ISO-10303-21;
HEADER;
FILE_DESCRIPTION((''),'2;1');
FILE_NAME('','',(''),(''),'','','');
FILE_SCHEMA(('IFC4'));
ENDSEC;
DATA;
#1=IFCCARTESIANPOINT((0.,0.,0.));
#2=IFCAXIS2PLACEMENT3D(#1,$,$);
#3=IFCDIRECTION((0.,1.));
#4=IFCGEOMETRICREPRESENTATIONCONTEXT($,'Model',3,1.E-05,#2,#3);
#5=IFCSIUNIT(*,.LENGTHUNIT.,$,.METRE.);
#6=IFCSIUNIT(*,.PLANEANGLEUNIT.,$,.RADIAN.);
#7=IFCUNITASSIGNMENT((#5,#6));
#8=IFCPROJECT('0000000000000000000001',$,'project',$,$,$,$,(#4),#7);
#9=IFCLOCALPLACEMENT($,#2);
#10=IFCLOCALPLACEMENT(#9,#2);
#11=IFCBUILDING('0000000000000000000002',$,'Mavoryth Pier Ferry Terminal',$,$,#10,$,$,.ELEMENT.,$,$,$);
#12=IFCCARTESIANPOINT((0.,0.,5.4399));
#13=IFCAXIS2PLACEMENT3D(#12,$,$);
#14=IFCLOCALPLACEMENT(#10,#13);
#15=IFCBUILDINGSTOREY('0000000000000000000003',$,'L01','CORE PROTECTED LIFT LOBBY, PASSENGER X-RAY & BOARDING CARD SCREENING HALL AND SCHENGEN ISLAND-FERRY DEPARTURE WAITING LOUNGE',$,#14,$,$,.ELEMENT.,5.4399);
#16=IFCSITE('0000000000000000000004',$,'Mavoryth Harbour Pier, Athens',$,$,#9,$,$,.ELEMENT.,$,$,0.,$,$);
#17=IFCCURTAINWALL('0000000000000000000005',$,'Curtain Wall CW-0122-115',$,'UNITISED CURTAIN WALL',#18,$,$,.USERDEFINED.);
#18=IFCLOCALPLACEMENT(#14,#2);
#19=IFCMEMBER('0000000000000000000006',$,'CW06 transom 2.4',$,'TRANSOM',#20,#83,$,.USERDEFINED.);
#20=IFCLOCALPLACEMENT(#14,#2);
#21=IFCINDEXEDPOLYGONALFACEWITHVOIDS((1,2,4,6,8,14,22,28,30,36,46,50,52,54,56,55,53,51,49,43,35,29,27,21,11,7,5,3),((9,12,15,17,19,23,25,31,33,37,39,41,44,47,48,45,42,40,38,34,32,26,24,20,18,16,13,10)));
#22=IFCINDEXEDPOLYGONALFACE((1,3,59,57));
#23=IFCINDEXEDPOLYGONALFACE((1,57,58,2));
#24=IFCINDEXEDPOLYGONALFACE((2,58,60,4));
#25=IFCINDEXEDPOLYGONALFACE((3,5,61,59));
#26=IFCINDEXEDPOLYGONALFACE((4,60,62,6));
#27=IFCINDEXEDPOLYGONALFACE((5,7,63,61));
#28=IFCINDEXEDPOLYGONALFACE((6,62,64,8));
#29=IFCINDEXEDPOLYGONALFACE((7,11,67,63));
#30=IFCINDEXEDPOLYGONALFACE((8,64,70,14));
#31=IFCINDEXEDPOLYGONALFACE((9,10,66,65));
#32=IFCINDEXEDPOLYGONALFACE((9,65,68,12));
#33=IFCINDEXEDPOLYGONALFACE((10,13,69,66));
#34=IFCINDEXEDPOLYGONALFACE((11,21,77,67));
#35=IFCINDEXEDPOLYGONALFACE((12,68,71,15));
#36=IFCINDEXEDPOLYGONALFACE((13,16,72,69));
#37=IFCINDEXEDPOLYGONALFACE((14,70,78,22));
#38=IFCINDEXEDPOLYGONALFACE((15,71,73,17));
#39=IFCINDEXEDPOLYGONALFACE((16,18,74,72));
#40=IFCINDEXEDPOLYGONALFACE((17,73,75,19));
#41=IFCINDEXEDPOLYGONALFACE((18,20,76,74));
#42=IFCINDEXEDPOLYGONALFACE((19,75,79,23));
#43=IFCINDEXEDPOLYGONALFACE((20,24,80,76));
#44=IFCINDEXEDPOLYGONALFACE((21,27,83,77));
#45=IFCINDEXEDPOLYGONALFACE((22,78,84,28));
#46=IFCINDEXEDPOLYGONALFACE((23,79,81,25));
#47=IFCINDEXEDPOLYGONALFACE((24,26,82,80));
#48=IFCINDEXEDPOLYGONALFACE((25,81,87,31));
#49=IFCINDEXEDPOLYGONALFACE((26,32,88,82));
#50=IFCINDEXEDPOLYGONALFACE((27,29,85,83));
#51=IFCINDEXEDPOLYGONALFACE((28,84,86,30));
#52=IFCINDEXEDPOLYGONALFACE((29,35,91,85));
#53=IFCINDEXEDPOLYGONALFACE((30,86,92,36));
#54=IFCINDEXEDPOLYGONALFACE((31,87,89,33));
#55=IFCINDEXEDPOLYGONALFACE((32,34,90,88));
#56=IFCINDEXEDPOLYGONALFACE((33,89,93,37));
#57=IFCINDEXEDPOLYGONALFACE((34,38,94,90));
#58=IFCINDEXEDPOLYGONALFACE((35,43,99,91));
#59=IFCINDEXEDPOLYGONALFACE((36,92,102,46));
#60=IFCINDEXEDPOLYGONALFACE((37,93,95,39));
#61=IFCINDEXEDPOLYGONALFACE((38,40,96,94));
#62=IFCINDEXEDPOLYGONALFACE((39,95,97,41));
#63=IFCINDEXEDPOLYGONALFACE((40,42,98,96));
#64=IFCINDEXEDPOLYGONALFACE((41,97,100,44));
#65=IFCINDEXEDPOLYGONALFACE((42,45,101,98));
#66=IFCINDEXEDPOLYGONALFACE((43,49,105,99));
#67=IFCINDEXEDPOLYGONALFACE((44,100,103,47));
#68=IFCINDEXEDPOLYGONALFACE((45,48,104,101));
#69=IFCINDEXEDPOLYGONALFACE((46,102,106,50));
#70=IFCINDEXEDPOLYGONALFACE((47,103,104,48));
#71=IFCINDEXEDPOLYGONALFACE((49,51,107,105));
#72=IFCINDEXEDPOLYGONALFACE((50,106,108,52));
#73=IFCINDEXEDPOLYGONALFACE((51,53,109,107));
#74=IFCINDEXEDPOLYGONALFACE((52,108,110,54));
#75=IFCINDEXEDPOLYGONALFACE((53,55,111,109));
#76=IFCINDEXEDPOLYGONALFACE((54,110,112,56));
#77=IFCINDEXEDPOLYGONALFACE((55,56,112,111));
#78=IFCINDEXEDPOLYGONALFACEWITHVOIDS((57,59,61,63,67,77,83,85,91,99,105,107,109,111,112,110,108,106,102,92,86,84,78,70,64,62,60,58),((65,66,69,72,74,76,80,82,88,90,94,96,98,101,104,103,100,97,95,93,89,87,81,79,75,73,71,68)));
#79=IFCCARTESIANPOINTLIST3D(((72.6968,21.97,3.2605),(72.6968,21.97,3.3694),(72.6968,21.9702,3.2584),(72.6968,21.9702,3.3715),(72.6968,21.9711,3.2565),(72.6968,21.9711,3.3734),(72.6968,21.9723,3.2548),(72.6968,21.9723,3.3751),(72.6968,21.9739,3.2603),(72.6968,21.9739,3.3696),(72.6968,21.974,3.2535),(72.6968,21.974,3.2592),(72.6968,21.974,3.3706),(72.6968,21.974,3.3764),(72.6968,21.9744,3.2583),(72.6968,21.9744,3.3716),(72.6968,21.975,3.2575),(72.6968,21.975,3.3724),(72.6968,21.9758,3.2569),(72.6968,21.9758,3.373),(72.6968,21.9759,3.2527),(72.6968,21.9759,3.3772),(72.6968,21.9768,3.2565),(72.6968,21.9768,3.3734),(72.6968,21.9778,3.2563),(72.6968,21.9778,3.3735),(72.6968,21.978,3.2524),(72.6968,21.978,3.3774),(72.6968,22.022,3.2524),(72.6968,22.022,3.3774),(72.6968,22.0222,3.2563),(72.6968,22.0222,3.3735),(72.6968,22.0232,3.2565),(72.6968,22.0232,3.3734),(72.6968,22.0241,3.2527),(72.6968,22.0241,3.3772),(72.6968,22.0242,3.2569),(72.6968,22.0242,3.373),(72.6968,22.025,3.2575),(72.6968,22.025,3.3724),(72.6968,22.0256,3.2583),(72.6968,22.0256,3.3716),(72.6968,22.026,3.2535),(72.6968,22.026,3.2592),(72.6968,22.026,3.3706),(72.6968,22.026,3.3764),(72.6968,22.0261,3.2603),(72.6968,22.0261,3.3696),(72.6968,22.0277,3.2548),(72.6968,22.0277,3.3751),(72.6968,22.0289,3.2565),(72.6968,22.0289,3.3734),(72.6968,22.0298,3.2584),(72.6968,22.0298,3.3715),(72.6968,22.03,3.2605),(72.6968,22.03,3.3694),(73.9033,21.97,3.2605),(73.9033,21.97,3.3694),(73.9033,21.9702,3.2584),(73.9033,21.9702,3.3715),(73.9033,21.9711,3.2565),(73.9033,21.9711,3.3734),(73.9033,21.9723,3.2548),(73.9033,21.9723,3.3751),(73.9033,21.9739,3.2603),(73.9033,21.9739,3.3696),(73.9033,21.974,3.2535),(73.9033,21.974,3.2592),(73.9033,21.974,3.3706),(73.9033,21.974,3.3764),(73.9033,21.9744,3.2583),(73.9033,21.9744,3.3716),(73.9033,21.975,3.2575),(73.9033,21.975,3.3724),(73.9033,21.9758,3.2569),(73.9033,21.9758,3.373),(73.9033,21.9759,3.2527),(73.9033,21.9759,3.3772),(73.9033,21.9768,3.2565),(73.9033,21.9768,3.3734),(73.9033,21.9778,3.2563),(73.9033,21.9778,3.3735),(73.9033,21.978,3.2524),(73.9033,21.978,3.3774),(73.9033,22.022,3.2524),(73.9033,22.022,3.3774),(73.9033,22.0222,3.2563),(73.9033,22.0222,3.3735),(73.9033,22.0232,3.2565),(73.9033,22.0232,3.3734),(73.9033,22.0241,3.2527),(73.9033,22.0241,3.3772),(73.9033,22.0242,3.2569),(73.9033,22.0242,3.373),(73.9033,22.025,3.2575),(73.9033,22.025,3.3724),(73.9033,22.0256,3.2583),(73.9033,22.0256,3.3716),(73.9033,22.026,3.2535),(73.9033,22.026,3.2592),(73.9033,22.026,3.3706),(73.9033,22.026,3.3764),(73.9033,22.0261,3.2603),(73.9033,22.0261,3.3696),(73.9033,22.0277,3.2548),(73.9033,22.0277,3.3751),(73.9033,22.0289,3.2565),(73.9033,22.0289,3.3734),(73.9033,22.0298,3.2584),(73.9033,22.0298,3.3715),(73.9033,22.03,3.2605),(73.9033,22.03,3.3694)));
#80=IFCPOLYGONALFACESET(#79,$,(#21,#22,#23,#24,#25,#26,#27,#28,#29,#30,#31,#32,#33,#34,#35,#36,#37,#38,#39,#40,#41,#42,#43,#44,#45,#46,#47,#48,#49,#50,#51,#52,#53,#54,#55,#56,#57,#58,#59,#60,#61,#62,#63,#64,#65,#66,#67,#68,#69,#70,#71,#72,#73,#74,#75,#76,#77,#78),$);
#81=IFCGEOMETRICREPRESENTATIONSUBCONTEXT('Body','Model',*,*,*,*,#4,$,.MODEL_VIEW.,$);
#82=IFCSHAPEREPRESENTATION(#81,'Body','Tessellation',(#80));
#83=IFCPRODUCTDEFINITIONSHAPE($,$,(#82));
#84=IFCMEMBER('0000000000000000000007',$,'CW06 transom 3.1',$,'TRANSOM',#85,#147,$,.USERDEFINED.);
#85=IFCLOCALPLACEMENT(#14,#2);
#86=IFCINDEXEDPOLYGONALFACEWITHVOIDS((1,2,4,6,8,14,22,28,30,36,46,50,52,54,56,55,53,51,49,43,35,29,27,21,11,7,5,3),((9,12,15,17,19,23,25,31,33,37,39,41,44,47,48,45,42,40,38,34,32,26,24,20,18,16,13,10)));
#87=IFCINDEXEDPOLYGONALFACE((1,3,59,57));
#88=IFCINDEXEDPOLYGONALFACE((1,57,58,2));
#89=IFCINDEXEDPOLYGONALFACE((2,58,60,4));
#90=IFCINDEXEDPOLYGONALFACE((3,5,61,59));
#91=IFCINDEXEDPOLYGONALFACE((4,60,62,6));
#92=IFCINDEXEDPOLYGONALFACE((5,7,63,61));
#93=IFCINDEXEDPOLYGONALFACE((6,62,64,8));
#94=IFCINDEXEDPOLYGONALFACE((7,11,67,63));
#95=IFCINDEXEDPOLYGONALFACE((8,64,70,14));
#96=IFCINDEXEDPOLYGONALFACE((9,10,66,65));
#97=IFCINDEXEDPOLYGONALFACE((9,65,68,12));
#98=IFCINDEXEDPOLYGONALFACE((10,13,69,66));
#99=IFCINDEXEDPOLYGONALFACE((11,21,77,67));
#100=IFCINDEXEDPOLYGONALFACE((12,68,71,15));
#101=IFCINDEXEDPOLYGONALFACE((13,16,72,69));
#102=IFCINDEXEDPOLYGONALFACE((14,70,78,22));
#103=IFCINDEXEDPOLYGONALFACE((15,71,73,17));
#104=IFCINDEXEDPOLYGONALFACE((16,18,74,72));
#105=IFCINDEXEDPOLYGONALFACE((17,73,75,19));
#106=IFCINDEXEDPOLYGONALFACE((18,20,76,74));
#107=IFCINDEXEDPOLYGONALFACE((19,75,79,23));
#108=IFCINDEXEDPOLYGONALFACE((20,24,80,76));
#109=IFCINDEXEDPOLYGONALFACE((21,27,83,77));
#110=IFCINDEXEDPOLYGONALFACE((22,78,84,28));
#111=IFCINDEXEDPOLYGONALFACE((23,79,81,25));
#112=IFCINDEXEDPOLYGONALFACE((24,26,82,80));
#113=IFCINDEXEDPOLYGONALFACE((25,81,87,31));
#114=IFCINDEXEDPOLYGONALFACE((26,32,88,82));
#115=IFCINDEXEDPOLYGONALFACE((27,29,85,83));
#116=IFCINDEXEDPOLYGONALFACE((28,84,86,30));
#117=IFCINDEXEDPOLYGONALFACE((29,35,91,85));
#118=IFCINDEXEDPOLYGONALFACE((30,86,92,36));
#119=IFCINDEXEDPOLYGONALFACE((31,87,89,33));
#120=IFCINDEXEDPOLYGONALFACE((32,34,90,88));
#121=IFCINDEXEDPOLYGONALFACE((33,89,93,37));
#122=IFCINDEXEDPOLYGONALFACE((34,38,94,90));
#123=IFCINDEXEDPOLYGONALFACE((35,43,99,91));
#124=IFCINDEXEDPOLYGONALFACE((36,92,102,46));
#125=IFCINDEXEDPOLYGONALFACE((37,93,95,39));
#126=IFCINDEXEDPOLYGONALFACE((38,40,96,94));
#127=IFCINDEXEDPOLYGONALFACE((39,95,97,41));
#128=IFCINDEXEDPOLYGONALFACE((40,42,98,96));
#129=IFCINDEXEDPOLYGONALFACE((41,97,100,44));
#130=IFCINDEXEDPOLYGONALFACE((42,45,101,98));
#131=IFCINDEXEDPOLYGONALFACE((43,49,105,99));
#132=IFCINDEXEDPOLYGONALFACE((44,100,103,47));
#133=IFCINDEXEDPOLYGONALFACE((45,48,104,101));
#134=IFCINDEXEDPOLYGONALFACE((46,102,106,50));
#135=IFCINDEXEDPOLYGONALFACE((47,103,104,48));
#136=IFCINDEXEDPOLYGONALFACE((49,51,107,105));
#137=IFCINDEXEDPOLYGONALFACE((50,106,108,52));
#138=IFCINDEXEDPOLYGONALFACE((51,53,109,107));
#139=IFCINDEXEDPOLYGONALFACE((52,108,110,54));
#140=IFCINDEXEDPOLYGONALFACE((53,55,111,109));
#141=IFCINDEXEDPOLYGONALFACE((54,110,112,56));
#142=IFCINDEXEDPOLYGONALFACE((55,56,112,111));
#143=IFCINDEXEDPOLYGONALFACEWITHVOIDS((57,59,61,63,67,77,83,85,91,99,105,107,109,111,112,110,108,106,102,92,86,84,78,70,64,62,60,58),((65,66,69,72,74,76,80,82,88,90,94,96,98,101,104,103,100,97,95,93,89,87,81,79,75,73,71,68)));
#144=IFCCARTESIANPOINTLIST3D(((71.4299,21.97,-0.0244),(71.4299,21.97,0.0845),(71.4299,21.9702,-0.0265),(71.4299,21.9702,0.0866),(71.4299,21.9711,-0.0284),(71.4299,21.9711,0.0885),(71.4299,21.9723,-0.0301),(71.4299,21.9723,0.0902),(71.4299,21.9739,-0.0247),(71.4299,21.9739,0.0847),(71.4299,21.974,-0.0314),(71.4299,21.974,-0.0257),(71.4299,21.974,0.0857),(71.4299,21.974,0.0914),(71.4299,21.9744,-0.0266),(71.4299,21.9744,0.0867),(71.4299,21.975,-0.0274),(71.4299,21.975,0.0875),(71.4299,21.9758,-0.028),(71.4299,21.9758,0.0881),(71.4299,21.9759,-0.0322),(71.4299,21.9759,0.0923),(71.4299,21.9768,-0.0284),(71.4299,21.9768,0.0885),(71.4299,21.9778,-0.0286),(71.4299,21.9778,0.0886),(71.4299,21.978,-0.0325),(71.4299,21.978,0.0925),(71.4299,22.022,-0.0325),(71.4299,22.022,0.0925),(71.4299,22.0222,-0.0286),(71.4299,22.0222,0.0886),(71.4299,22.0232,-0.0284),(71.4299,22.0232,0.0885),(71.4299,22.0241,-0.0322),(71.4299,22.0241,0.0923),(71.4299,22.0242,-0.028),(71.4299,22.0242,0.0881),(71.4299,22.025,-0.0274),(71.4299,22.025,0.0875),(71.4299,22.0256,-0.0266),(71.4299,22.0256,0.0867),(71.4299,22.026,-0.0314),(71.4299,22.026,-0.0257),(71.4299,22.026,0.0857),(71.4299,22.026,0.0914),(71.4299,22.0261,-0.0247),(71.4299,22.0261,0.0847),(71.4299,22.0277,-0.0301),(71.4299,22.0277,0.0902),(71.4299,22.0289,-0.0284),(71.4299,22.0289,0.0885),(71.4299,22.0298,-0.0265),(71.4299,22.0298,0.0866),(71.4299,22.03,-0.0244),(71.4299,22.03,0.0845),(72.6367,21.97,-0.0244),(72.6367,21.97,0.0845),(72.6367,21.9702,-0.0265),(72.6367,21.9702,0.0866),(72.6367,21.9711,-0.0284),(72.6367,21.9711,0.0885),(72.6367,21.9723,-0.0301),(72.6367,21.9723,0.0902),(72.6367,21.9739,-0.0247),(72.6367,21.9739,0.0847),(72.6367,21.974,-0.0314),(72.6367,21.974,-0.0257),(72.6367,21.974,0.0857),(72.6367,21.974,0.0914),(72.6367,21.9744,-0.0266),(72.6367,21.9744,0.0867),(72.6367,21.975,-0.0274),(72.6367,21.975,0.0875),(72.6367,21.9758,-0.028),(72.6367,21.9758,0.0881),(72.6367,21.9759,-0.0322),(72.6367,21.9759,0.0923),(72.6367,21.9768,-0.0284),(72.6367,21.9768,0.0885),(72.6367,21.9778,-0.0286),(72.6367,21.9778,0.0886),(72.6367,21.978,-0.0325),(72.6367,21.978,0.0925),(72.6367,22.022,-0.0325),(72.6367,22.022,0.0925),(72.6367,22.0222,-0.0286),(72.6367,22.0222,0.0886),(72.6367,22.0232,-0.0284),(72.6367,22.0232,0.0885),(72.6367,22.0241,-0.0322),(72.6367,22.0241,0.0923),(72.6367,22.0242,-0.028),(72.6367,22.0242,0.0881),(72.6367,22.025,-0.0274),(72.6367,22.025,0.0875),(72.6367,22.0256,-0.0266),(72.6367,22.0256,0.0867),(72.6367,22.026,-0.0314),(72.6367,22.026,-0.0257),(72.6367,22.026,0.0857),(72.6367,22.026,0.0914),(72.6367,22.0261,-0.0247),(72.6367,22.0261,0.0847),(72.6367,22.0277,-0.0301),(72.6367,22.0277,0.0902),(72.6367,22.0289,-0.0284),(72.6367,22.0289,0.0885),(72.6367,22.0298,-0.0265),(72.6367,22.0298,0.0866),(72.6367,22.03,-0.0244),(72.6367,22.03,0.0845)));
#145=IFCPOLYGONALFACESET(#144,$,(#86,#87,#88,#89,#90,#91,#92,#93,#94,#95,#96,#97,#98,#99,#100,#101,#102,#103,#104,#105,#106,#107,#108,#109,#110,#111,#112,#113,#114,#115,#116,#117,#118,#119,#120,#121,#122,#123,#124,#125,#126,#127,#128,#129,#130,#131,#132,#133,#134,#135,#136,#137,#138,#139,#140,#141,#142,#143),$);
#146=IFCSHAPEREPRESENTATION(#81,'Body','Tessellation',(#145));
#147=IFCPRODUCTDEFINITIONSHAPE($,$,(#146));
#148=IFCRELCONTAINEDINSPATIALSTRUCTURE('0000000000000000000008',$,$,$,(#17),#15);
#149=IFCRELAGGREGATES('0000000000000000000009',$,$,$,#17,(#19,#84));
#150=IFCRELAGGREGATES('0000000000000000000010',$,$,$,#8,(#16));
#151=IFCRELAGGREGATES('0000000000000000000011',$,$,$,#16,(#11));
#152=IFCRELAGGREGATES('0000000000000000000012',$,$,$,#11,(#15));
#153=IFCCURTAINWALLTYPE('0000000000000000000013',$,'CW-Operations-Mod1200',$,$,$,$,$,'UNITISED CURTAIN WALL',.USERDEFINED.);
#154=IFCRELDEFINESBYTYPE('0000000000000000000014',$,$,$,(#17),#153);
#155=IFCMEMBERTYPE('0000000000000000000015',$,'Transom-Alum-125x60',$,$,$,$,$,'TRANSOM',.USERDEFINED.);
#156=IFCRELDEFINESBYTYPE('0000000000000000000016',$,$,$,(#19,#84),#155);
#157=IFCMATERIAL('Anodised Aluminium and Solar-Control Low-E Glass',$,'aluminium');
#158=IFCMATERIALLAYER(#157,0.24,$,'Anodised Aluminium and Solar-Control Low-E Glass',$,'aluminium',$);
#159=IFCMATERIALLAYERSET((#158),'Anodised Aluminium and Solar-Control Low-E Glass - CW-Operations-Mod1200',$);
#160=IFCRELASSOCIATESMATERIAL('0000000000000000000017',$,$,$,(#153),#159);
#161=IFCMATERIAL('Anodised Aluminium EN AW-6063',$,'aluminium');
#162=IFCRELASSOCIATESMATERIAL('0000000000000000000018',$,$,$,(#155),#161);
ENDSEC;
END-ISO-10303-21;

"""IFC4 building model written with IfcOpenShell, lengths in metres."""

from ifc_helpers import new_model, si_unit, direction, frame, origin, origin_2d, place, context, subcontext, project, spatial, hollow_rectangle, extrude, material, layer, layer_set, material_profile, profile_set, type_object, element, aggregate, save


model = new_model("IFC4")

# Units and contexts
model_context = context("Model", 3, precision=1e-05, world=origin(), true_north=direction((0.0, 1.0)))
body_context = subcontext(model_context, "Body", "Model", "MODEL_VIEW")
ifc_project = project(units=[si_unit("LENGTHUNIT", "METRE"), si_unit("PLANEANGLEUNIT", "RADIAN")], contexts=[model_context])

# Site, building, storey
site_placement = place(None, origin())
site = spatial("IfcSite", under=ifc_project, at=site_placement, Name="Mavoryth Harbour Pier, Athens", CompositionType="ELEMENT", RefElevation=0.0)
building_placement = place(site_placement, origin())
building = spatial("IfcBuilding", under=site, at=building_placement, Name="Mavoryth Pier Ferry Terminal", CompositionType="ELEMENT")
storey_placement = place(building_placement, frame((0.0, 0.0, 5.4399)))
storey = spatial("IfcBuildingStorey", under=building, at=storey_placement, Name="L01", Description="CORE PROTECTED LIFT LOBBY, PASSENGER X-RAY & BOARDING CARD SCREENING HALL AND SCHENGEN ISLAND-FERRY DEPARTURE WAITING LOUNGE", CompositionType="ELEMENT", Elevation=5.4399)

# Curtain wall, members
ifc_material_1 = material(Name="Anodised Aluminium and Solar-Control Low-E Glass", Category="aluminium")
ifc_layer_1 = layer(ifc_material_1, 0.24, Name="Anodised Aluminium and Solar-Control Low-E Glass", Category="aluminium")
ifc_layer_set_1 = layer_set([ifc_layer_1], Name="Anodised Aluminium and Solar-Control Low-E Glass - CW-Operations-Mod1200")
curtain_wall_type = type_object("IfcCurtainWallType", Name="CW-Operations-Mod1200", ElementType="UNITISED CURTAIN WALL", PredefinedType="USERDEFINED", material=ifc_layer_set_1)
curtain_wall_placement = place(storey_placement, origin())
curtain_wall = element("IfcCurtainWall", 1, at=curtain_wall_placement, inside=storey, type_object=curtain_wall_type, Name="Curtain Wall CW-0122-115", ObjectType="UNITISED CURTAIN WALL", PredefinedType="USERDEFINED")
ifc_material_2 = material(Name="Anodised Aluminium EN AW-6063", Category="aluminium")
ifc_material_profile_1 = material_profile(ifc_material_2, hollow_rectangle(XDim=0.0601, YDim=0.125, WallThickness=0.0039, InnerFilletRadius=0.0039, OuterFilletRadius=0.0081, at=origin_2d()), Name="AL-TRAN 125x60x4", Category="aluminium")
ifc_profile_set_1 = profile_set([ifc_material_profile_1], Name="Anodised Aluminium EN AW-6063 - AL-TRAN 125x60x4")
member_type_1 = type_object("IfcMemberType", Name="Transom-Alum-125x60", ElementType="TRANSOM", PredefinedType="USERDEFINED", material=ifc_profile_set_1)
member_1_placement = place(storey_placement, frame((73.9033, 22.0, 3.3149), z_axis=(-1.0, 0.0, 0.0), x_axis=(0.0, -1.0, 0.0)))
member_1 = element("IfcMember", 2, at=member_1_placement, type_object=member_type_1, Name="CW06 transom 2.4", ObjectType="TRANSOM", PredefinedType="USERDEFINED", context=body_context, shape_type="SweptSolid", body=[
    extrude(hollow_rectangle(XDim=0.0601, YDim=0.125, WallThickness=0.0039, InnerFilletRadius=0.0039, OuterFilletRadius=0.0081, at=origin_2d()), origin(), (0.0, 0.0, 1.0), 1.2065),
])
member_2_placement = place(storey_placement, frame((72.6367, 22.0, 0.03), z_axis=(-1.0, 0.0, 0.0), x_axis=(0.0, -1.0, 0.0)))
member_2 = element("IfcMember", 3, at=member_2_placement, type_object=member_type_1, Name="CW06 transom 3.1", ObjectType="TRANSOM", PredefinedType="USERDEFINED", context=body_context, shape_type="SweptSolid", body=[
    extrude(hollow_rectangle(XDim=0.0601, YDim=0.125, WallThickness=0.0039, InnerFilletRadius=0.0039, OuterFilletRadius=0.0081, at=origin_2d()), origin(), (0.0, 0.0, 1.0), 1.2068),
])
aggregate(curtain_wall, [member_1, member_2])

save(model, "model.ifc")
